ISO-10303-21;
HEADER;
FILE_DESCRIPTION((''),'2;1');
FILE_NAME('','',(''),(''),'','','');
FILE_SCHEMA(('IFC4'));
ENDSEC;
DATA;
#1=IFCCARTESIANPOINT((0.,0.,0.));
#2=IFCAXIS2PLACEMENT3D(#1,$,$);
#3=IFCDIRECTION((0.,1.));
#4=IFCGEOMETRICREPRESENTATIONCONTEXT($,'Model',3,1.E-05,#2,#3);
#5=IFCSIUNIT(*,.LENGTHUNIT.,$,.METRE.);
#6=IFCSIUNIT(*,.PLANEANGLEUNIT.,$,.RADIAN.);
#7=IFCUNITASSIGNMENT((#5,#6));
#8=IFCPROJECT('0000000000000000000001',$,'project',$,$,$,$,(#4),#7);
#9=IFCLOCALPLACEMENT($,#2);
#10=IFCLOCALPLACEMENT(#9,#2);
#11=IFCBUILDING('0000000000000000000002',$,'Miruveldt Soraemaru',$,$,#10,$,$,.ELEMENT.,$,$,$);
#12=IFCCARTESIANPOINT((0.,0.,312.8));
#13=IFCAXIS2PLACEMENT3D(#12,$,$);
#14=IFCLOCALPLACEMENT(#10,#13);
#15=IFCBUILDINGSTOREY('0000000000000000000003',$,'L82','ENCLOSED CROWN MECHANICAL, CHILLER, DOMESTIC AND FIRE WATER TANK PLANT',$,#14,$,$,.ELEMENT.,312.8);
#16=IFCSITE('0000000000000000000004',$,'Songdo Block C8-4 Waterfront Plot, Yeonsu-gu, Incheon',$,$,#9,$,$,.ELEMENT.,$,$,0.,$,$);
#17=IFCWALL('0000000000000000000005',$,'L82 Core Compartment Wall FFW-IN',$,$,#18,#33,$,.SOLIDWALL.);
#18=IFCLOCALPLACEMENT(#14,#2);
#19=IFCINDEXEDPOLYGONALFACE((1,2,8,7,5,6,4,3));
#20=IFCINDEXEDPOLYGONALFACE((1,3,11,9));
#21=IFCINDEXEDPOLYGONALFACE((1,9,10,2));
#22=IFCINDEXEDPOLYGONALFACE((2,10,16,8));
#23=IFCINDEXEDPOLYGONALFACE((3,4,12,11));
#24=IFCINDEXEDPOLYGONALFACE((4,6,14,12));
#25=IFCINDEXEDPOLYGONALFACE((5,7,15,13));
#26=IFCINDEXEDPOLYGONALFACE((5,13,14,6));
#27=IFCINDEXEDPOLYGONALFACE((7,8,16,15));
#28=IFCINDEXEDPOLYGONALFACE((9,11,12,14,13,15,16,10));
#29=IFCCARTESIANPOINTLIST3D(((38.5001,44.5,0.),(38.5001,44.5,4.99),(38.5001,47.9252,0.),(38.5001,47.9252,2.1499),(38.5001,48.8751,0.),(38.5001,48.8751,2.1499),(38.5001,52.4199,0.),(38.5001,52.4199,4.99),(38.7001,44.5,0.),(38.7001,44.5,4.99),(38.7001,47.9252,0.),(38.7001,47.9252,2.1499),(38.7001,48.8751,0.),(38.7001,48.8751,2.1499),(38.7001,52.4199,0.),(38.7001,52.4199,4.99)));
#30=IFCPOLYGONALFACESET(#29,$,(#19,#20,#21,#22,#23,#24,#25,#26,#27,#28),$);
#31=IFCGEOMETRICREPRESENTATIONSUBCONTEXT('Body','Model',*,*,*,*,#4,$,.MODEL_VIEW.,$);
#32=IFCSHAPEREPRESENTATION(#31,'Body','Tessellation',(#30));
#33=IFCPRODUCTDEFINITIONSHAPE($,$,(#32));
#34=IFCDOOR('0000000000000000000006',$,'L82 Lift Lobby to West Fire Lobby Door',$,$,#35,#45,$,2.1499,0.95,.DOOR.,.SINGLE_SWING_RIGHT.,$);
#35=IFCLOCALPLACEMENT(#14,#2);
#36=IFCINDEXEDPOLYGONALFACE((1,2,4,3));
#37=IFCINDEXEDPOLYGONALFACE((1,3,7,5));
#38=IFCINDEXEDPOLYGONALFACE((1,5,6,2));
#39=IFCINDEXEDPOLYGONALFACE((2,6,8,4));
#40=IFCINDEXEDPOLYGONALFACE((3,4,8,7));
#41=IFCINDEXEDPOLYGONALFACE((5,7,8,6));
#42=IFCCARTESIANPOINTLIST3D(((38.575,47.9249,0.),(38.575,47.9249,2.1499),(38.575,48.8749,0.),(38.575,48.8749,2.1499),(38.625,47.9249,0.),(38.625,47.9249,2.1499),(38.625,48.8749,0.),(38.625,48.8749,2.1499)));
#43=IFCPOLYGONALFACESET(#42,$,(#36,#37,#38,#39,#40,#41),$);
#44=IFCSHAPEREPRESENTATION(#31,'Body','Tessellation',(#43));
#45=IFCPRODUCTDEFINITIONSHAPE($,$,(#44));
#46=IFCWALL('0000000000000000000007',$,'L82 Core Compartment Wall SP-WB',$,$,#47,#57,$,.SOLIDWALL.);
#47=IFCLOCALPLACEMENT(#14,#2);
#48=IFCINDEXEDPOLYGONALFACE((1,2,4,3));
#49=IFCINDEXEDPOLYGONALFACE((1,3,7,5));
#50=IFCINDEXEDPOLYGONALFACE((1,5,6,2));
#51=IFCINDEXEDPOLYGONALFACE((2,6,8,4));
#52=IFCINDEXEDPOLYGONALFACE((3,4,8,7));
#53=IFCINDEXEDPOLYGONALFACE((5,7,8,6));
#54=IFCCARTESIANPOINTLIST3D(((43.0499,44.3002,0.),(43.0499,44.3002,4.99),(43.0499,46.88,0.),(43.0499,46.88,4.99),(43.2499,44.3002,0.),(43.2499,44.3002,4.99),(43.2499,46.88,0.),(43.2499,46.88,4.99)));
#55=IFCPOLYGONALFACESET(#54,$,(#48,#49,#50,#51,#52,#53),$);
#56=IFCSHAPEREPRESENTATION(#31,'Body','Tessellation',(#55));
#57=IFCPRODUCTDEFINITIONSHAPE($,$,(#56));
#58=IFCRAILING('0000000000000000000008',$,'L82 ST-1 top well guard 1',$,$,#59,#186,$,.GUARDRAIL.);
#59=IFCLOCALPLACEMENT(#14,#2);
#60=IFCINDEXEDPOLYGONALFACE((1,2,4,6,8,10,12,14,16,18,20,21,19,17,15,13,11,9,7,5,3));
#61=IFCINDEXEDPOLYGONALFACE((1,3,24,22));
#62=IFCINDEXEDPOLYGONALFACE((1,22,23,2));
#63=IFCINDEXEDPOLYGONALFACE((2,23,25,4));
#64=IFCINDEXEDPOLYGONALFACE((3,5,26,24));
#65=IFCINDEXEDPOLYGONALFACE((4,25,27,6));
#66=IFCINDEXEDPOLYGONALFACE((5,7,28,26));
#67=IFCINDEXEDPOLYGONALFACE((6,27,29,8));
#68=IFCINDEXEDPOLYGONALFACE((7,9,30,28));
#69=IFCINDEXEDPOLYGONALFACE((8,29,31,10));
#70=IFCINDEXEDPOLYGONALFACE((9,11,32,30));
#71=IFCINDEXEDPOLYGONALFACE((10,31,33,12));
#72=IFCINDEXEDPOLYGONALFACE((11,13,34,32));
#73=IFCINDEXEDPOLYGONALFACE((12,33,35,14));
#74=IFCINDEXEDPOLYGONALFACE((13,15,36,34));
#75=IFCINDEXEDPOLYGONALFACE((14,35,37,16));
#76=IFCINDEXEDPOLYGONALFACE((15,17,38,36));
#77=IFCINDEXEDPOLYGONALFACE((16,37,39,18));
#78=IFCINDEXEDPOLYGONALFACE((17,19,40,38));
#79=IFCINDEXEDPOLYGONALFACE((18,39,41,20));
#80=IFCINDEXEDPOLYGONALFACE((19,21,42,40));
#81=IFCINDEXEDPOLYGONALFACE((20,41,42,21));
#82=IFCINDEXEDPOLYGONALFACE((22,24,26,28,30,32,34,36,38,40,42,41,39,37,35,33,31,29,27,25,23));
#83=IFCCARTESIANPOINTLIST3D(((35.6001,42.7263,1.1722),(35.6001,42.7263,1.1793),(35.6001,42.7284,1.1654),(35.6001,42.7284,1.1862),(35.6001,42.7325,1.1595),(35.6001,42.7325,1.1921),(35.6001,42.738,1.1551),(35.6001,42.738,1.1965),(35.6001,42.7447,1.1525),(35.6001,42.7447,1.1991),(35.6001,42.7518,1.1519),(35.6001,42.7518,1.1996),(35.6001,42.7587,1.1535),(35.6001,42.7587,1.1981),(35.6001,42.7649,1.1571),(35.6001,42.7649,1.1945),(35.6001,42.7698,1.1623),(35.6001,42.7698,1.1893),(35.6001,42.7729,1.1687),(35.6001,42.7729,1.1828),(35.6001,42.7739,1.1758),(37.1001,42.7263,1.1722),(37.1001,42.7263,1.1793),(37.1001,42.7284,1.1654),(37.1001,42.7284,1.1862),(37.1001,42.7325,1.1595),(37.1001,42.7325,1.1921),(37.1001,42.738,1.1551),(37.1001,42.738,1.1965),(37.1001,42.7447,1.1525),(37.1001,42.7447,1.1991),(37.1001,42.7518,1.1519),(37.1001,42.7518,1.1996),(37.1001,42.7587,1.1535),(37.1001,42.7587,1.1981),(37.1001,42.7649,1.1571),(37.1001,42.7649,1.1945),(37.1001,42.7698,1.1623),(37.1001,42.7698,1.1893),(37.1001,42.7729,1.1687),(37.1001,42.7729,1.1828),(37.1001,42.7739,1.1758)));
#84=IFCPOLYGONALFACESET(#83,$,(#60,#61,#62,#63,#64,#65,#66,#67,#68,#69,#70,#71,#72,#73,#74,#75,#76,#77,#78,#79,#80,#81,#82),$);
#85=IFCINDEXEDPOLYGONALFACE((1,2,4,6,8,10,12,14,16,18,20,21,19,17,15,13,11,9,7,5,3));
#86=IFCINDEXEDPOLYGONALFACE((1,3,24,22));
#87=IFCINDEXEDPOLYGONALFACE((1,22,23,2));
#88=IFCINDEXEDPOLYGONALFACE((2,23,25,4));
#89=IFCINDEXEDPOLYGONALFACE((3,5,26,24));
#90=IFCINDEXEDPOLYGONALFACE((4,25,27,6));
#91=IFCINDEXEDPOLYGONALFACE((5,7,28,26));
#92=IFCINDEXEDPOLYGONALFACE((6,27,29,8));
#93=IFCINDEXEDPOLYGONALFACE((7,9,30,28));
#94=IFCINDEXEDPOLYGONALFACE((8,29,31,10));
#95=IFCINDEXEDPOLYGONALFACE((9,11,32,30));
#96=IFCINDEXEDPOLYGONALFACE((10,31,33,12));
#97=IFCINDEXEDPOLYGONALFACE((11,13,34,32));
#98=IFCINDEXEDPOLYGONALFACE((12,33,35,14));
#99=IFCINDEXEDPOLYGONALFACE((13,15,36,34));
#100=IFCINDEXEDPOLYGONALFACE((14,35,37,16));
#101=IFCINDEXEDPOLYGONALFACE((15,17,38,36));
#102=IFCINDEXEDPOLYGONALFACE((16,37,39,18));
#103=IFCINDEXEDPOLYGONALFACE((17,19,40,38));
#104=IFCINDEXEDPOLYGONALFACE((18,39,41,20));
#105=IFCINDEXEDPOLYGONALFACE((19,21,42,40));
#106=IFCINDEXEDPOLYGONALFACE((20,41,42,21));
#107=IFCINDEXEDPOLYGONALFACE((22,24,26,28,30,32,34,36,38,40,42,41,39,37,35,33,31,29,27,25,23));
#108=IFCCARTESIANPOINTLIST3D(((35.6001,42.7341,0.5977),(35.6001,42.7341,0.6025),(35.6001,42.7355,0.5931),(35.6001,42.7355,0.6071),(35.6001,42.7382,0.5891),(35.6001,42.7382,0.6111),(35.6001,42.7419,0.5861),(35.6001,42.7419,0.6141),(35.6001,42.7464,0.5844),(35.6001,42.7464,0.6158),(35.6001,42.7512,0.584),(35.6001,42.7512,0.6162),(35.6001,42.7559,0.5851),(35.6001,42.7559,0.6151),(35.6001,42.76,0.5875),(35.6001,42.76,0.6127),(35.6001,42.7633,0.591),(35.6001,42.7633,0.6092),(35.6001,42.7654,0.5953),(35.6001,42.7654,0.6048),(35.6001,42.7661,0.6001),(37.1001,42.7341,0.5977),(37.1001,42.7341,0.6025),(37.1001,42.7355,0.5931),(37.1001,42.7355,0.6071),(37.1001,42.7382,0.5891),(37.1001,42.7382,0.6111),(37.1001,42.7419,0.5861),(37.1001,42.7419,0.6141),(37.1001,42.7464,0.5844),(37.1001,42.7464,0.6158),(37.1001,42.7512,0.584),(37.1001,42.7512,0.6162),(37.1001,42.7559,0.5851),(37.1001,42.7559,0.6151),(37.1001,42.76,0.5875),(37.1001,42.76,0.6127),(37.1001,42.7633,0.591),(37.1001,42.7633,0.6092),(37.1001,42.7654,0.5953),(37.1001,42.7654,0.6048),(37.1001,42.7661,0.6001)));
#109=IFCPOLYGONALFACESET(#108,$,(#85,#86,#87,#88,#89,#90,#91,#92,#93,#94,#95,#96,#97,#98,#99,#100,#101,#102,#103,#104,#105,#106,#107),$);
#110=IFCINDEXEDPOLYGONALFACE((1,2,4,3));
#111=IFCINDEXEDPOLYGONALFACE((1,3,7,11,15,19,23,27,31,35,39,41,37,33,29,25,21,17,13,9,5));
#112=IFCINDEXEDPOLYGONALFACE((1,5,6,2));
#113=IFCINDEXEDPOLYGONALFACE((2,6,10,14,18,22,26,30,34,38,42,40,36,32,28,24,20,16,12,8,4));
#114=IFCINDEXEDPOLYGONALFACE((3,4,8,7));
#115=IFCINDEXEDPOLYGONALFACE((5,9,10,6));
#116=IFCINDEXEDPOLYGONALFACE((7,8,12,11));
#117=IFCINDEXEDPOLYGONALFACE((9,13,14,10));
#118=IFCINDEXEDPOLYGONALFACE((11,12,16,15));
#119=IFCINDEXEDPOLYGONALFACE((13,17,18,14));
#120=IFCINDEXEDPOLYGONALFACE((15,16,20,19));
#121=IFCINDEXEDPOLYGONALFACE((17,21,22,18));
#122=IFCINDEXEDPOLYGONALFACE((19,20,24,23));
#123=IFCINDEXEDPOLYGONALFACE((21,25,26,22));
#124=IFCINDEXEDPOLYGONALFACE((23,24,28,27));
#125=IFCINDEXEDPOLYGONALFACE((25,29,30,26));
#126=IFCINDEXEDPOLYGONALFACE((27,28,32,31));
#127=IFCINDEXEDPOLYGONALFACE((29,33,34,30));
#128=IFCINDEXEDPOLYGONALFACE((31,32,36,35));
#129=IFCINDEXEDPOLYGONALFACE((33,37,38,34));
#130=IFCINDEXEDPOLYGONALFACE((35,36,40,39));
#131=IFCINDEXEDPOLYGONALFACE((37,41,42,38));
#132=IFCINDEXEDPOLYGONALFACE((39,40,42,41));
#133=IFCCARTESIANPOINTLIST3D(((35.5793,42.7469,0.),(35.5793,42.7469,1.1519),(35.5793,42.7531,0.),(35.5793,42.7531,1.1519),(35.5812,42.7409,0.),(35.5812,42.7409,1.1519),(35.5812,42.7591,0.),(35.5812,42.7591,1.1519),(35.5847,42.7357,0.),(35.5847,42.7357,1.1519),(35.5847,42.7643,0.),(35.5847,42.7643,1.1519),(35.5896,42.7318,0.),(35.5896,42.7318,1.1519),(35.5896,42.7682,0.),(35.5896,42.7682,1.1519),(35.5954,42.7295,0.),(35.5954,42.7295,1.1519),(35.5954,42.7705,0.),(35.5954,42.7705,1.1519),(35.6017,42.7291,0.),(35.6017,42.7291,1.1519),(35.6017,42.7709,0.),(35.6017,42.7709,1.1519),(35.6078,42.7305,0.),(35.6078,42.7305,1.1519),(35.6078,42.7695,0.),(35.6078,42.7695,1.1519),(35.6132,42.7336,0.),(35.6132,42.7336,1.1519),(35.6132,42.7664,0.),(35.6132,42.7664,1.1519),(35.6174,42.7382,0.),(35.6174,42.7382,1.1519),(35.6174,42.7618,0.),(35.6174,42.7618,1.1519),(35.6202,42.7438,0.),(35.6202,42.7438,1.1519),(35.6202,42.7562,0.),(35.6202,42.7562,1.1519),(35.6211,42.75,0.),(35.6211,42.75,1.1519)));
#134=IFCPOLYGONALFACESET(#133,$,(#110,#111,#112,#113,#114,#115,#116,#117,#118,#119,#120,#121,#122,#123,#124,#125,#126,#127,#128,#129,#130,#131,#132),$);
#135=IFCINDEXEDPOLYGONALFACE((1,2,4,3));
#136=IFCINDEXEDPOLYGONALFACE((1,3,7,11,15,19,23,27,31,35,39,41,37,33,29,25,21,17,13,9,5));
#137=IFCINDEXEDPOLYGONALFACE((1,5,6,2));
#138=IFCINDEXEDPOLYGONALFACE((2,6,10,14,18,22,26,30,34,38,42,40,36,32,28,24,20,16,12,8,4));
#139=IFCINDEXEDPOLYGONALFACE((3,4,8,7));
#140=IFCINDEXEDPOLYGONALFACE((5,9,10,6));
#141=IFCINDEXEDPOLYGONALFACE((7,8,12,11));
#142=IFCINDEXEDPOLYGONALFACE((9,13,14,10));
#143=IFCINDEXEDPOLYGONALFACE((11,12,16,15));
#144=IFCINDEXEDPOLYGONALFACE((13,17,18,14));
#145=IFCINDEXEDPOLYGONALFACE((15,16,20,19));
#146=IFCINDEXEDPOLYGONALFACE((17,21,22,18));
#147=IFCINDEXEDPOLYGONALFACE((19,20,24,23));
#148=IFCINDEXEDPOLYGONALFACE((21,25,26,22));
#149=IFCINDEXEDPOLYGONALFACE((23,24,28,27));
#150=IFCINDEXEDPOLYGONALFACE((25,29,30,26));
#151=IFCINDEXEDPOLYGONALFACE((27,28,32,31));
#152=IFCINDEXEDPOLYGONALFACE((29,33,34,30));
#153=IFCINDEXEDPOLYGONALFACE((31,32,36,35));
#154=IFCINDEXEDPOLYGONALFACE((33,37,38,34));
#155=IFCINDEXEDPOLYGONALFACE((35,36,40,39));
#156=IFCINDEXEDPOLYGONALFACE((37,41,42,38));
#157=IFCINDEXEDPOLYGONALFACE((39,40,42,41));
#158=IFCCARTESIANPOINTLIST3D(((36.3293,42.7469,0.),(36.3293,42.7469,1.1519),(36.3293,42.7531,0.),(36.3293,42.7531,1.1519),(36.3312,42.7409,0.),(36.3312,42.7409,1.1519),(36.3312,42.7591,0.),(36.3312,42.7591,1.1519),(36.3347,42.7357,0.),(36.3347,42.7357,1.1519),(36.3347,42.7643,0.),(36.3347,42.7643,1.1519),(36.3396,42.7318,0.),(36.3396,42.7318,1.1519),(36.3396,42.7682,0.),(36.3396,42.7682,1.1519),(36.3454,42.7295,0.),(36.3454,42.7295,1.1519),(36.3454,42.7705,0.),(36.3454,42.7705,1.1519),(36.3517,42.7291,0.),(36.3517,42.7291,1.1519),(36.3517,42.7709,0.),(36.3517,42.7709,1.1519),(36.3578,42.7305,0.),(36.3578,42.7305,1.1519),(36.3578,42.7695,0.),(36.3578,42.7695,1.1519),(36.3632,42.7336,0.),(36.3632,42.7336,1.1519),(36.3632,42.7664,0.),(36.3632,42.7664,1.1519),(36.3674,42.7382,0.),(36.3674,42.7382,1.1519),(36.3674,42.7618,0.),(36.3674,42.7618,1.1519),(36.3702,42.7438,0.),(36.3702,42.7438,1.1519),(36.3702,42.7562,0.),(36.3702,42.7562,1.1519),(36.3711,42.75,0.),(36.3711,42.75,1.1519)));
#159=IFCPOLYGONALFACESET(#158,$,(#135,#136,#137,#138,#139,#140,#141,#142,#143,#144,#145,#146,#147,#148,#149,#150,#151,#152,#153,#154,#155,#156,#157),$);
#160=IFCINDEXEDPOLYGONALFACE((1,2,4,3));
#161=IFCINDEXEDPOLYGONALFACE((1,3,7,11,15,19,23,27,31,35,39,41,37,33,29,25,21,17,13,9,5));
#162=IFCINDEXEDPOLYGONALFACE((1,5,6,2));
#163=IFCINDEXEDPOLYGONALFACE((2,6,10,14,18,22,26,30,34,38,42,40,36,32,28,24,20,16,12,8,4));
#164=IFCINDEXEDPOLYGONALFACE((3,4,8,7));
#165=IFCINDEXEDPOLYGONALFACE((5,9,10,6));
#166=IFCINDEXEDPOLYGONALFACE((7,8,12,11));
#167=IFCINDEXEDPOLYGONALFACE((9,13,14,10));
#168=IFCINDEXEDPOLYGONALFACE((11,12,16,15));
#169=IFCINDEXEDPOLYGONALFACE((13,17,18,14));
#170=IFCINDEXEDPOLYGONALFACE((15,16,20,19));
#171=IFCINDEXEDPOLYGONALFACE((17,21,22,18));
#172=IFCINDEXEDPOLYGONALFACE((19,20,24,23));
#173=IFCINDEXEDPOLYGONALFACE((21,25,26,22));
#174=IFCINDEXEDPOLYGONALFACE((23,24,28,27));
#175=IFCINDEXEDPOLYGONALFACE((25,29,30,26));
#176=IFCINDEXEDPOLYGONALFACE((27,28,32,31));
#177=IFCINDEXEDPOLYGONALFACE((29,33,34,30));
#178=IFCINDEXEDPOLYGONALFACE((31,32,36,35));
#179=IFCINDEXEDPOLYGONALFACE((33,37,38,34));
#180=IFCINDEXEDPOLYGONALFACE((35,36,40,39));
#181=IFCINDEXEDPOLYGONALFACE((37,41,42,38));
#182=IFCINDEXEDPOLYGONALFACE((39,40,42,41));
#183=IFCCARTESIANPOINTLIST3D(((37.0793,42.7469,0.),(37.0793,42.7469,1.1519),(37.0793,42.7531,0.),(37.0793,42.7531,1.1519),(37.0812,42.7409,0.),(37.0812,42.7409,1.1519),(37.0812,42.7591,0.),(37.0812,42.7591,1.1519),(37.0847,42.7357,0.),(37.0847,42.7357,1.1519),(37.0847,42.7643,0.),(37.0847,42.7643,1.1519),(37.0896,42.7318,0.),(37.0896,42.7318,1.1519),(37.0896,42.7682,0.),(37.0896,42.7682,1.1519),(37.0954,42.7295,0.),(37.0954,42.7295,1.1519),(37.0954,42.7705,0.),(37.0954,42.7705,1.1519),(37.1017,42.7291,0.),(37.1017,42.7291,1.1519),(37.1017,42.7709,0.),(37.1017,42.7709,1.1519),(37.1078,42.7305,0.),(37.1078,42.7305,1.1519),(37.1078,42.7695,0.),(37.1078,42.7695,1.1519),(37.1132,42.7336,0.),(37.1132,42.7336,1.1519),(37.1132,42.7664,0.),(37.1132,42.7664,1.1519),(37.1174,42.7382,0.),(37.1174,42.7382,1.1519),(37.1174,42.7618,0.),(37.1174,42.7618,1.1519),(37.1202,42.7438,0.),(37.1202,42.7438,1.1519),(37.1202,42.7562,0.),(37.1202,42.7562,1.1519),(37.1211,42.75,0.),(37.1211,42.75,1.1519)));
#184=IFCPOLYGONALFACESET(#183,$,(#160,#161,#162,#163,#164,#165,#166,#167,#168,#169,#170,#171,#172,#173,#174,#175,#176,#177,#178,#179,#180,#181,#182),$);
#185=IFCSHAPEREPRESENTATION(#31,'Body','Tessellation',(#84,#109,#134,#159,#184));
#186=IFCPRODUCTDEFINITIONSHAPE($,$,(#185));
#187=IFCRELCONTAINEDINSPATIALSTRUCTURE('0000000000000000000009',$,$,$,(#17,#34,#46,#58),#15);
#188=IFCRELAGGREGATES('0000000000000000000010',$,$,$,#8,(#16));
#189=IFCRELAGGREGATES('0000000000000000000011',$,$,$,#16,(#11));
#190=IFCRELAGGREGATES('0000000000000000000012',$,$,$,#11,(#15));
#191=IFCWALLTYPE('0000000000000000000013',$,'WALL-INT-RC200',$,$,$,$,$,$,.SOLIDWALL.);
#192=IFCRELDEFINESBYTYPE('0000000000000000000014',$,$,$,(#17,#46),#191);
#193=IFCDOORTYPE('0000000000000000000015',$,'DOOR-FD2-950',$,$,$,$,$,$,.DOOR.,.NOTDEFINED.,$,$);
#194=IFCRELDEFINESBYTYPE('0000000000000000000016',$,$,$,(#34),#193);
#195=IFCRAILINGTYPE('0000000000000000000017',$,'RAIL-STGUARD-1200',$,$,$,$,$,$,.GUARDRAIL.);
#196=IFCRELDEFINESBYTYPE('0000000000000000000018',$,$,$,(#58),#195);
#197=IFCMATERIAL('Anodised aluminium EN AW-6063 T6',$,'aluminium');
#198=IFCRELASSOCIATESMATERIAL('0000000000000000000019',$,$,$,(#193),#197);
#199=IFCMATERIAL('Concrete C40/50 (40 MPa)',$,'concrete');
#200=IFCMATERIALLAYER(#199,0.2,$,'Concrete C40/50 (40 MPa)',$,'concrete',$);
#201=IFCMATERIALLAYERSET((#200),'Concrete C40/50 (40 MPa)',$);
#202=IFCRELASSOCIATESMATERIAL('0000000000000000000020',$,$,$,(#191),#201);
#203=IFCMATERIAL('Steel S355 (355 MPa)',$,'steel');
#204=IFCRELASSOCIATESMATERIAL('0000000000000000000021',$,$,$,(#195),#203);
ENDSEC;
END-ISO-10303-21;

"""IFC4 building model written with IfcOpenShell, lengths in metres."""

from ifc_helpers import new_model, si_unit, direction, frame, frame_2d, origin, origin_2d, place, context, subcontext, project, spatial, rectangle, circle, extrude, material, layer, layer_set, type_object, element, fill, save


model = new_model("IFC4")

# Units and contexts
model_context = context("Model", 3, precision=1e-05, world=origin(), true_north=direction((0.0, 1.0)))
body_context = subcontext(model_context, "Body", "Model", "MODEL_VIEW")
ifc_project = project(units=[si_unit("LENGTHUNIT", "METRE"), si_unit("PLANEANGLEUNIT", "RADIAN")], contexts=[model_context])

# Site, building, storey
site_placement = place(None, origin())
site = spatial("IfcSite", under=ifc_project, at=site_placement, Name="Songdo Block C8-4 Waterfront Plot, Yeonsu-gu, Incheon", CompositionType="ELEMENT", RefElevation=0.0)
building_placement = place(site_placement, origin())
building = spatial("IfcBuilding", under=site, at=building_placement, Name="Miruveldt Soraemaru", CompositionType="ELEMENT")
storey_placement = place(building_placement, frame((0.0, 0.0, 312.8)))
storey = spatial("IfcBuildingStorey", under=building, at=storey_placement, Name="L82", Description="ENCLOSED CROWN MECHANICAL, CHILLER, DOMESTIC AND FIRE WATER TANK PLANT", CompositionType="ELEMENT", Elevation=312.8)

# Shared definitions
ifc_material_1 = material(Name="Anodised aluminium EN AW-6063 T6", Category="aluminium")

# Shared definitions
ifc_material_2 = material(Name="Concrete C40/50 (40 MPa)", Category="concrete")
door_type_1 = type_object("IfcDoorType", Name="DOOR-FD2-950", OperationType="NOTDEFINED", PredefinedType="DOOR", material=ifc_material_1)

# Wall, opening, door
ifc_layer_1 = layer(ifc_material_2, 0.2, Name="Concrete C40/50 (40 MPa)", Category="concrete")
ifc_layer_set_1 = layer_set([ifc_layer_1], Name="Concrete C40/50 (40 MPa)")
wall_type_1 = type_object("IfcWallType", Name="WALL-INT-RC200", PredefinedType="SOLIDWALL", material=ifc_layer_set_1)
wall_1_placement = place(storey_placement, frame((38.6001, 44.5, 0.0), z_axis=(0.0, 0.0, 1.0), x_axis=(0.0, 1.0, 0.0)))
wall_1 = element("IfcWall", 1, at=wall_1_placement, inside=storey, type_object=wall_type_1, Name="L82 Core Compartment Wall FFW-IN", PredefinedType="SOLIDWALL", context=body_context, shape_type="SweptSolid", body=[
    extrude(rectangle(XDim=7.9199, YDim=0.2, at=frame_2d((3.96, 0.0))), origin(), (0.0, 0.0, 1.0), 4.99),
])
opening_1_placement = place(wall_1_placement, frame((3.425, 0.0, 0.0)))
opening_1 = element("IfcOpeningElement", 2, at=opening_1_placement, cuts=wall_1, PredefinedType="OPENING", context=body_context, shape_type="SweptSolid", body=[
    extrude(rectangle(XDim=0.95, YDim=2.1499, at=frame_2d((0.4751, 1.075))), frame((0.0, 0.1099, 0.0), z_axis=(0.0, -1.0, 0.0), x_axis=(1.0, 0.0, 0.0)), (0.0, 0.0, 1.0), 0.22),
])
door_1_placement = place(opening_1_placement, frame((0.95, 0.0, 0.0), z_axis=(0.0, 0.0, 1.0), x_axis=(-1.0, 0.0, 0.0)))
door_1 = element("IfcDoor", 3, at=door_1_placement, inside=storey, type_object=door_type_1, Name="L82 Lift Lobby to West Fire Lobby Door", OperationType="SINGLE_SWING_RIGHT", OverallHeight=2.1499, OverallWidth=0.95, PredefinedType="DOOR", context=body_context, shape_type="SweptSolid", body=[
    extrude(rectangle(XDim=0.95, YDim=2.1499, at=frame_2d((0.4751, 1.075))), frame((0.0, 0.0249, 0.0), z_axis=(0.0, -1.0, 0.0), x_axis=(1.0, 0.0, 0.0)), (0.0, 0.0, 1.0), 0.05),
])
fill(opening_1, door_1)

# Wall
wall_2_placement = place(storey_placement, frame((43.1499, 44.3, 0.0), z_axis=(0.0, 0.0, 1.0), x_axis=(0.0, 1.0, 0.0)))
element("IfcWall", 4, at=wall_2_placement, inside=storey, type_object=wall_type_1, Name="L82 Core Compartment Wall SP-WB", PredefinedType="SOLIDWALL", context=body_context, shape_type="SweptSolid", body=[
    extrude(rectangle(XDim=2.5798, YDim=0.2, at=frame_2d((1.29, 0.0))), origin(), (0.0, 0.0, 1.0), 4.99),
])

# Railing
ifc_material_3 = material(Name="Steel S355 (355 MPa)", Category="steel")
railing_type = type_object("IfcRailingType", Name="RAIL-STGUARD-1200", PredefinedType="GUARDRAIL", material=ifc_material_3)
railing_placement = place(storey_placement, frame((35.6001, 42.75, 0.0)))
element("IfcRailing", 5, at=railing_placement, inside=storey, type_object=railing_type, Name="L82 ST-1 top well guard 1", PredefinedType="GUARDRAIL", context=body_context, shape_type="SweptSolid", body=[
    extrude(circle(Radius=0.0239, at=origin_2d()), frame((0.0, 0.0, 1.1758), z_axis=(1.0, 0.0, 0.0), x_axis=(0.0, 1.0, 0.0)), (0.0, 0.0, 1.0), 1.5),
    extrude(circle(Radius=0.0161, at=origin_2d()), frame((0.0, 0.0, 0.6001), z_axis=(1.0, 0.0, 0.0), x_axis=(0.0, 1.0, 0.0)), (0.0, 0.0, 1.0), 1.5),
    extrude(circle(Radius=0.021, at=origin_2d()), origin(), (0.0, 0.0, 1.0), 1.1519),
    extrude(circle(Radius=0.021, at=origin_2d()), frame((0.75, 0.0, 0.0)), (0.0, 0.0, 1.0), 1.1519),
    extrude(circle(Radius=0.021, at=origin_2d()), frame((1.5, 0.0, 0.0)), (0.0, 0.0, 1.0), 1.1519),
])

save(model, "model.ifc")
